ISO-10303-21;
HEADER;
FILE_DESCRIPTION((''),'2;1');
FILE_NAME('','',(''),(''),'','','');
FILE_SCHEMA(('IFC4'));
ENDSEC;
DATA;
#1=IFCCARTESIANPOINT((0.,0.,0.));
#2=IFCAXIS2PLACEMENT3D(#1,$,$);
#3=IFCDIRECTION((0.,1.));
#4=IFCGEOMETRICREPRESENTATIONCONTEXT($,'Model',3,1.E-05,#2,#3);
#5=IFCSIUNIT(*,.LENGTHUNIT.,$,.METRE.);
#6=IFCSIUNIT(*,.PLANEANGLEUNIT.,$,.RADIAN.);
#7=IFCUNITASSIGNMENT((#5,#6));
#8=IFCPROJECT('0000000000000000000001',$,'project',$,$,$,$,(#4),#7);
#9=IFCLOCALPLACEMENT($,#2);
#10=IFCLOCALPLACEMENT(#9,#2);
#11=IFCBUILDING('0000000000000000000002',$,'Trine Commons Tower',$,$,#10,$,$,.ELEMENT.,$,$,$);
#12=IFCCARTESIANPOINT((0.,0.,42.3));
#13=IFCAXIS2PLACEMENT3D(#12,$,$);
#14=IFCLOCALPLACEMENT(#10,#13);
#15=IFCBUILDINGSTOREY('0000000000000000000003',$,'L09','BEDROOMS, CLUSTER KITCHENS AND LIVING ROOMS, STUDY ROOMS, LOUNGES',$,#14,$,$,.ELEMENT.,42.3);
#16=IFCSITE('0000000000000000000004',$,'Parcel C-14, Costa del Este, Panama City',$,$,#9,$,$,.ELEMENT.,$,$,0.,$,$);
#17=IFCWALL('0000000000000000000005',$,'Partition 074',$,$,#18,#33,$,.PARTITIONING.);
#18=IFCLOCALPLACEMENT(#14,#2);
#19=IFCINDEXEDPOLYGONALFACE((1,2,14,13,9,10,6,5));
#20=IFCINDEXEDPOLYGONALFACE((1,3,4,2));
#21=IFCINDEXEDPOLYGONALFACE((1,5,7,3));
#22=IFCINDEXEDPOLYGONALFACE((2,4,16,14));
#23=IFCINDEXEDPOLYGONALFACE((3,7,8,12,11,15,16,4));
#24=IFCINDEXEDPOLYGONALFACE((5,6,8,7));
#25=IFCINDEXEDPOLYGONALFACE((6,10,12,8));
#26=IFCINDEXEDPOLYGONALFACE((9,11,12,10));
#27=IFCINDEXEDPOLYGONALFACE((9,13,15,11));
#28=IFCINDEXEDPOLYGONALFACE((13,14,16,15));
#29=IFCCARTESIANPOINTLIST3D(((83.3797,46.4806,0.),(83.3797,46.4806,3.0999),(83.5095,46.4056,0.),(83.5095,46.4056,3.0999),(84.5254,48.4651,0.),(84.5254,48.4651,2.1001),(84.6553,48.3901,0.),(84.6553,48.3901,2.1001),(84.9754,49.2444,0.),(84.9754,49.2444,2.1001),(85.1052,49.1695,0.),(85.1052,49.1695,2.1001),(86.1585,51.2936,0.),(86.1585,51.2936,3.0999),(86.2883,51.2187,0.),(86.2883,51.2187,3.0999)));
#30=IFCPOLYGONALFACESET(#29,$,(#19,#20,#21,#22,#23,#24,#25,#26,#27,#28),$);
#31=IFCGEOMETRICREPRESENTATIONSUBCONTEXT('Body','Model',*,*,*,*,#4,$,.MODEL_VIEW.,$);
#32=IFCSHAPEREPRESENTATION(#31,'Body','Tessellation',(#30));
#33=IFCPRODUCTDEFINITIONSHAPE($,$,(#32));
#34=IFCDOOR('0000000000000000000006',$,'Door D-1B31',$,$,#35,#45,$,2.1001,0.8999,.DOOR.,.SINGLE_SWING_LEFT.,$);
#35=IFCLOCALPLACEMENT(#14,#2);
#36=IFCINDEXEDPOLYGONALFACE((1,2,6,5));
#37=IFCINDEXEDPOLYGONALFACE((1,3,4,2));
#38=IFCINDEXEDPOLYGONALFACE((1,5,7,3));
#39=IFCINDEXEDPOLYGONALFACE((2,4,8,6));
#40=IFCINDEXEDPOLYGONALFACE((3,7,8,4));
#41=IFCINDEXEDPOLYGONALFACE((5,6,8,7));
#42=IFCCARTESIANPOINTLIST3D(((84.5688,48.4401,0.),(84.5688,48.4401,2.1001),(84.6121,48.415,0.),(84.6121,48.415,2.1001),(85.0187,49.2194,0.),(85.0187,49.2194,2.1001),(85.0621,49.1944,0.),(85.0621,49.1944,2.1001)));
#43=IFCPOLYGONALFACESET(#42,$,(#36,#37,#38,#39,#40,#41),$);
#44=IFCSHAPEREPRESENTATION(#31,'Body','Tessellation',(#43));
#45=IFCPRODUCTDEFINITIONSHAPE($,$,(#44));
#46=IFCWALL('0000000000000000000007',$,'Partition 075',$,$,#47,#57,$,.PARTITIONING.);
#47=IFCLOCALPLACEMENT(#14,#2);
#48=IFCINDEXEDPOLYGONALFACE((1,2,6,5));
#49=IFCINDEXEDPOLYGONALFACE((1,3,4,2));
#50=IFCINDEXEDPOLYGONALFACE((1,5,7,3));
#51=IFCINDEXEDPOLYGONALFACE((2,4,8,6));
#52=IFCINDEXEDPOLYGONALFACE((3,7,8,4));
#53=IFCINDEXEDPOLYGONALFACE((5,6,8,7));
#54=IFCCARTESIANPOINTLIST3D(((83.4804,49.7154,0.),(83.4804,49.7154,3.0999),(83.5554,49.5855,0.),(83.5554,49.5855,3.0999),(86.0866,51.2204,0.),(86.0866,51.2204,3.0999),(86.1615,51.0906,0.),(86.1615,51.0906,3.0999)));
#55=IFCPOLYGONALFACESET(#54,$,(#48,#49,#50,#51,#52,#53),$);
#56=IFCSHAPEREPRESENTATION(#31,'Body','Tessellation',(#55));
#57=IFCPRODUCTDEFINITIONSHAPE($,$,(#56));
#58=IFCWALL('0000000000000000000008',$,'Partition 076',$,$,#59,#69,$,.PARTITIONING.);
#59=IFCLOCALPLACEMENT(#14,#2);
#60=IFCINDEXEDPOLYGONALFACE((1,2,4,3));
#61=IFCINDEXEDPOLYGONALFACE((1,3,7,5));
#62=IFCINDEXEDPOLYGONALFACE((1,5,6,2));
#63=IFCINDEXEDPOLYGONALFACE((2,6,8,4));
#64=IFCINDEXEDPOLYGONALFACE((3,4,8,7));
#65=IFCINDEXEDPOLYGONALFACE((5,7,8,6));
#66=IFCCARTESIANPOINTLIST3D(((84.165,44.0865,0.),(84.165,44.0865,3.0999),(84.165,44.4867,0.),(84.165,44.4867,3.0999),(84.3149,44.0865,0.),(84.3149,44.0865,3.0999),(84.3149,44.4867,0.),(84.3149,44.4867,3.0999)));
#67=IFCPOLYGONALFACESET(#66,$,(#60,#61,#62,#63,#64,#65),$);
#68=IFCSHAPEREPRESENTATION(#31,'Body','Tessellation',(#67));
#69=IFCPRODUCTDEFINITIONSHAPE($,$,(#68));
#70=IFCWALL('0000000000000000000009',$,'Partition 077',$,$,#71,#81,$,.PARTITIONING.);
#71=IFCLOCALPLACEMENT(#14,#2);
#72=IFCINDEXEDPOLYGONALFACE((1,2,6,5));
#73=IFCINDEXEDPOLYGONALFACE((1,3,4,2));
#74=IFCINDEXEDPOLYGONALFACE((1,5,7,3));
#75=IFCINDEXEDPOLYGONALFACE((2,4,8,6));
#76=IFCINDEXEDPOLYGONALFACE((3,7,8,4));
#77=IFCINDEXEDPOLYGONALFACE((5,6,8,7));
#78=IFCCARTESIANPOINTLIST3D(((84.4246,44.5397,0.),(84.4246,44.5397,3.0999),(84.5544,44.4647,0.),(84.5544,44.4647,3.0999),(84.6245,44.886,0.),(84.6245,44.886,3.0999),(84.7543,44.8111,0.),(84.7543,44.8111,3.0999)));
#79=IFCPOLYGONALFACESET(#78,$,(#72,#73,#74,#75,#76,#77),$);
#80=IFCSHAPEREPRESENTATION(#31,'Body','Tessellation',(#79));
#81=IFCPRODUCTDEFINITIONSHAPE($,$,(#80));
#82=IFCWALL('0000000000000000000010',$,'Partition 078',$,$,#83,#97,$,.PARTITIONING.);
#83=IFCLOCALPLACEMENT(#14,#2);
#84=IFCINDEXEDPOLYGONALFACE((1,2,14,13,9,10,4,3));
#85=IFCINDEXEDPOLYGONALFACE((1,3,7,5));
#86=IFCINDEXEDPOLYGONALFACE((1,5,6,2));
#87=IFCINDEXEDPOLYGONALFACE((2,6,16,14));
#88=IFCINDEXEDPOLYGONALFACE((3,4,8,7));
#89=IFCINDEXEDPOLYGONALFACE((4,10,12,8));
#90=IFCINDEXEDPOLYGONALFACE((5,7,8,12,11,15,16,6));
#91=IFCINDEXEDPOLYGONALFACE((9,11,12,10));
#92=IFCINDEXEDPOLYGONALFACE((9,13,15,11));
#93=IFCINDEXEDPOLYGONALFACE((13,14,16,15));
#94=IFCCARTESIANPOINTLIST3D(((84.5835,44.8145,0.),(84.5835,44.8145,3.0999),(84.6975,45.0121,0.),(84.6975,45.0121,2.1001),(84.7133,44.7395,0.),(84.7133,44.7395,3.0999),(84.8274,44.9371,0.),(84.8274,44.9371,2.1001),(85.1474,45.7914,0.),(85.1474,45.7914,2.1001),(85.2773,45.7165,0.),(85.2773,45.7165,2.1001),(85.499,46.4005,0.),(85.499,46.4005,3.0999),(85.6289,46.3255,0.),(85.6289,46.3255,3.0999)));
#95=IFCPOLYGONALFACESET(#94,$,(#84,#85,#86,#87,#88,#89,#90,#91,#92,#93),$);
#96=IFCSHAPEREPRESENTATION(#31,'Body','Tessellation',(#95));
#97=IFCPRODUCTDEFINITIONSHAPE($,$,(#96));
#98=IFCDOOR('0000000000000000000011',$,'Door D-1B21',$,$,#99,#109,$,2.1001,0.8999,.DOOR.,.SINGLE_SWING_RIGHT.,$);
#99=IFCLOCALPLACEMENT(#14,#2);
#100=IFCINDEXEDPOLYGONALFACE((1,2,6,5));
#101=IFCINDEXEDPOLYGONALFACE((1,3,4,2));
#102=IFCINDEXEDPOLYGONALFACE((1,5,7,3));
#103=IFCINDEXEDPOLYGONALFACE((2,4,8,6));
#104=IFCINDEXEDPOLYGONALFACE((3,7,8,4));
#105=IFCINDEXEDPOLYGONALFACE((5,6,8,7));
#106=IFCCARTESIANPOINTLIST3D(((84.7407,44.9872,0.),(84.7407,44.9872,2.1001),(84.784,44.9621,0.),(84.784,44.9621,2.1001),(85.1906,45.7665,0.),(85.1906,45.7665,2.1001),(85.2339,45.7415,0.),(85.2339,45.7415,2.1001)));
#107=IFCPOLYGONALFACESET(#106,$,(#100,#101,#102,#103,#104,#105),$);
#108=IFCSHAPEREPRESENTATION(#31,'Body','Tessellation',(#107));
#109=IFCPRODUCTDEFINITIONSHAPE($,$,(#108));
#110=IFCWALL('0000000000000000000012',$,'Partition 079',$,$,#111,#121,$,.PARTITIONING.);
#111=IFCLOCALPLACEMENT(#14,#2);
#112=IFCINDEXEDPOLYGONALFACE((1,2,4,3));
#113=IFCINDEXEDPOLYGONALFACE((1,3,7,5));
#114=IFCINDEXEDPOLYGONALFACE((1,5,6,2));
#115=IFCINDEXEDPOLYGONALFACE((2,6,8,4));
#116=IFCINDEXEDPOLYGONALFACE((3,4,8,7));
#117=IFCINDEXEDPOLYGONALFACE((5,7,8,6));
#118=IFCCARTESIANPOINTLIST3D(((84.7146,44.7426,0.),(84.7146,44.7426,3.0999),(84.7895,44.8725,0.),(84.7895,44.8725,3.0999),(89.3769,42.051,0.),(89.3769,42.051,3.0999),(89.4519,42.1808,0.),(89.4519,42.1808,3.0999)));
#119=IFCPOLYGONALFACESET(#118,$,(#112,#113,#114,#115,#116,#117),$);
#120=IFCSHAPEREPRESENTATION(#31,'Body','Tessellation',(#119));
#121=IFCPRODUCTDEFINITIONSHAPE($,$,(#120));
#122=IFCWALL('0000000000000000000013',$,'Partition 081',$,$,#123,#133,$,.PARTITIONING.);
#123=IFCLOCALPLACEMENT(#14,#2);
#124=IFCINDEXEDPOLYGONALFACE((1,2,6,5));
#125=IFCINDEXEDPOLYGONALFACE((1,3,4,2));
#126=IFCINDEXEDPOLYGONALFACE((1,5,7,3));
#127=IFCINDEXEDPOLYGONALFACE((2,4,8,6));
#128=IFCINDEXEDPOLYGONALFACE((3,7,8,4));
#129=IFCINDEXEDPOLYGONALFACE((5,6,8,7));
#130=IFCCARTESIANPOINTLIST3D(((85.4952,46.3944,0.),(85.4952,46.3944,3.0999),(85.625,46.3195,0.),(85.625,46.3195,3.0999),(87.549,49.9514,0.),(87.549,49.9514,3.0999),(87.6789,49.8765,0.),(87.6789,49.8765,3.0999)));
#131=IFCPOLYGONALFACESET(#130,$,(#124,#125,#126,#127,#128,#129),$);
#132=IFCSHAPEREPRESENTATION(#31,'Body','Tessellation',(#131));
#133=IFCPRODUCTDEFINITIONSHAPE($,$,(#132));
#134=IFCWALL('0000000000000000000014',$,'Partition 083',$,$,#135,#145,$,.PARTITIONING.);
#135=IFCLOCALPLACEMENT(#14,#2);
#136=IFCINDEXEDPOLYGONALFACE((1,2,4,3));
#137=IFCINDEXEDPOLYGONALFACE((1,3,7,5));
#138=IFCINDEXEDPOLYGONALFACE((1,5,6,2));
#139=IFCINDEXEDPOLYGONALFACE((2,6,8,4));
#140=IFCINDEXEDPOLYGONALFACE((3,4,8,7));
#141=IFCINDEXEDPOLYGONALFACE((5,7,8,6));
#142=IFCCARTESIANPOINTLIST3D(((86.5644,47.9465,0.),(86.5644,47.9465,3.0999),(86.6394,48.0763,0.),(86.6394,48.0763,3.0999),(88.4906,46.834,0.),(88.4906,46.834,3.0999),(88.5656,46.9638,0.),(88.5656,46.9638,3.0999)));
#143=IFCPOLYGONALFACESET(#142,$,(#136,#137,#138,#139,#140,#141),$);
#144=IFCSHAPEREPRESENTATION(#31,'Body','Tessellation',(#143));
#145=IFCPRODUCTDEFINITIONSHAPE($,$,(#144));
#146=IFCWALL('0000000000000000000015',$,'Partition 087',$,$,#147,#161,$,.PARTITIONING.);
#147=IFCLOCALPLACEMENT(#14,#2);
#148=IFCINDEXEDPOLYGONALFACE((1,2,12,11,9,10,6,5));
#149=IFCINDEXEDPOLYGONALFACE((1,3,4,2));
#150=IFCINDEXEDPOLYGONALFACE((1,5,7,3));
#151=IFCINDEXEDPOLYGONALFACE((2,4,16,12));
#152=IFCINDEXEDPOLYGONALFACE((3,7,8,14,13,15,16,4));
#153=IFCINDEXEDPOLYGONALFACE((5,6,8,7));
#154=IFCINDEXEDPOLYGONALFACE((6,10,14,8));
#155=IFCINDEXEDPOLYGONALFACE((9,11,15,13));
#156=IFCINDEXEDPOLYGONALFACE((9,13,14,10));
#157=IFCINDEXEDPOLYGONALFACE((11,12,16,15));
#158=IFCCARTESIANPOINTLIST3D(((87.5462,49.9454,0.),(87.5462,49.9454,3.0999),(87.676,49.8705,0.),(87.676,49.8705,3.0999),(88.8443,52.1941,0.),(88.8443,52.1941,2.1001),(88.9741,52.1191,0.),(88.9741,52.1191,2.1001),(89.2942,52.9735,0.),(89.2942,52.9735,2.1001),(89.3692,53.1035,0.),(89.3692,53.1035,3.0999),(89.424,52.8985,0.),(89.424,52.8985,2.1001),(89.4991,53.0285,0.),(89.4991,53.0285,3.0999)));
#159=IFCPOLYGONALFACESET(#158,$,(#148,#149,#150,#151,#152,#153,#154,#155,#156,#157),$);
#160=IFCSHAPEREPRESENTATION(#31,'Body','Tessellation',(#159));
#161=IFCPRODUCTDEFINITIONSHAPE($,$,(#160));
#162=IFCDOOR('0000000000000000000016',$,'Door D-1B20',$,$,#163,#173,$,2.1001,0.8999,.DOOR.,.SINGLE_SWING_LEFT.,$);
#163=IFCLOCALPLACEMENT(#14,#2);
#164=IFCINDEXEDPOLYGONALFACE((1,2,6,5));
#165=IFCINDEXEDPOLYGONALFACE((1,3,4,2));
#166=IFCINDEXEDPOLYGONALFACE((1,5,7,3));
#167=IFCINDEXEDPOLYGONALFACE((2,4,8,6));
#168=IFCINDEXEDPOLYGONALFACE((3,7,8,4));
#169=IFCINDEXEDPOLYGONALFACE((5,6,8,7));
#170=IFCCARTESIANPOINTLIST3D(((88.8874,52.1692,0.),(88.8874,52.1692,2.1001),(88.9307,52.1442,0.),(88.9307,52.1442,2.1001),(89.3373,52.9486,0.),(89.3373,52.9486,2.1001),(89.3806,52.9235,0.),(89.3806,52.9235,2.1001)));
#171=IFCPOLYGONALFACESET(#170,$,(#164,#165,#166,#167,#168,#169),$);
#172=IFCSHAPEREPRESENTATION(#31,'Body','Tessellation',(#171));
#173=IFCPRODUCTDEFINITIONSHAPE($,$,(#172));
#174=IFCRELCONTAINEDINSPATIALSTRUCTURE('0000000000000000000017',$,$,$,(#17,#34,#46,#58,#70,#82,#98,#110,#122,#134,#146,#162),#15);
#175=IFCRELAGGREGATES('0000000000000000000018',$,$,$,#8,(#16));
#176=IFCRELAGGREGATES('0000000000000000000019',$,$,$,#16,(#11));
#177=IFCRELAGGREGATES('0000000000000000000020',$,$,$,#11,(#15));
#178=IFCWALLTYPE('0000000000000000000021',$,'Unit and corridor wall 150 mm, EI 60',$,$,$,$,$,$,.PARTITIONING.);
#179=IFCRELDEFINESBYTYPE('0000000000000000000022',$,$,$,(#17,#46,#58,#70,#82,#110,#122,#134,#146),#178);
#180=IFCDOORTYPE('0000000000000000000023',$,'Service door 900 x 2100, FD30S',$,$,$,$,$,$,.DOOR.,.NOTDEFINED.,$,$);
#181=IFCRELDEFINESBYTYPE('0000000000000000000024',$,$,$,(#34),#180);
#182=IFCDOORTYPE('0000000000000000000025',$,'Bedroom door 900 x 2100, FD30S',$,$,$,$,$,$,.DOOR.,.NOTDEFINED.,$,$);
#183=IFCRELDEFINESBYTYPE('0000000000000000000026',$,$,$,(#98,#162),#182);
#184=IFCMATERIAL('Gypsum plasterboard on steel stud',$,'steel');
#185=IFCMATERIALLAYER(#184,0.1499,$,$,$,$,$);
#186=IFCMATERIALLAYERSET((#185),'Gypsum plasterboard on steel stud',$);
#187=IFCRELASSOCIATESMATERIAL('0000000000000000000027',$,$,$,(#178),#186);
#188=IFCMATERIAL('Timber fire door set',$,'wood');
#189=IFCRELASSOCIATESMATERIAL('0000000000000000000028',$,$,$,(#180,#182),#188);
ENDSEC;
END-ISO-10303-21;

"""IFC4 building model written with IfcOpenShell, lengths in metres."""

from ifc_helpers import new_model, si_unit, direction, frame, frame_2d, origin, place, context, subcontext, project, spatial, rectangle, extrude, material, layer, layer_set, type_object, element, fill, save


model = new_model("IFC4")

# Units and contexts
model_context = context("Model", 3, precision=1e-05, world=origin(), true_north=direction((0.0, 1.0)))
body_context = subcontext(model_context, "Body", "Model", "MODEL_VIEW")
ifc_project = project(units=[si_unit("LENGTHUNIT", "METRE"), si_unit("PLANEANGLEUNIT", "RADIAN")], contexts=[model_context])

# Site, building, storey
site_placement = place(None, origin())
site = spatial("IfcSite", under=ifc_project, at=site_placement, Name="Parcel C-14, Costa del Este, Panama City", CompositionType="ELEMENT", RefElevation=0.0)
building_placement = place(site_placement, origin())
building = spatial("IfcBuilding", under=site, at=building_placement, Name="Trine Commons Tower", CompositionType="ELEMENT")
storey_placement = place(building_placement, frame((0.0, 0.0, 42.3)))
storey = spatial("IfcBuildingStorey", under=building, at=storey_placement, Name="L09", Description="BEDROOMS, CLUSTER KITCHENS AND LIVING ROOMS, STUDY ROOMS, LOUNGES", CompositionType="ELEMENT", Elevation=42.3)

# Shared definitions
ifc_material_1 = material(Name="Gypsum plasterboard on steel stud", Category="steel")
ifc_layer_1 = layer(ifc_material_1, 0.1499)
ifc_layer_set_1 = layer_set([ifc_layer_1], Name="Gypsum plasterboard on steel stud")
wall_type_1 = type_object("IfcWallType", Name="Unit and corridor wall 150 mm, EI 60", PredefinedType="PARTITIONING", material=ifc_layer_set_1)

# Wall, opening, door
wall_1_placement = place(storey_placement, frame((83.4446, 46.4431, 0.0), z_axis=(0.0, 0.0, 1.0), x_axis=(0.500004, 0.866023, 0.0)))
wall_1 = element("IfcWall", 1, at=wall_1_placement, inside=storey, type_object=wall_type_1, Name="Partition 074", PredefinedType="PARTITIONING", context=body_context, shape_type="SweptSolid", body=[
    extrude(rectangle(XDim=5.5576, YDim=0.1499, at=frame_2d((2.7788, 0.0))), origin(), (0.0, 0.0, 1.0), 3.0999),
])
opening_1_placement = place(wall_1_placement, frame((2.2915, 0.0, 0.0)))
opening_1 = element("IfcOpeningElement", 2, at=opening_1_placement, cuts=wall_1, PredefinedType="OPENING", context=body_context, shape_type="SweptSolid", body=[
    extrude(rectangle(XDim=0.8999, YDim=2.1001, at=frame_2d((0.45, 1.05))), frame((0.0, 0.085, 0.0), z_axis=(0.0, -1.0, 0.0), x_axis=(1.0, 0.0, 0.0)), (0.0, 0.0, 1.0), 0.1699),
])
ifc_material_2 = material(Name="Timber fire door set", Category="wood")
door_type_1 = type_object("IfcDoorType", Name="Service door 900 x 2100, FD30S", OperationType="NOTDEFINED", PredefinedType="DOOR", material=ifc_material_2)
door_1_placement = place(opening_1_placement, origin())
door_1 = element("IfcDoor", 3, at=door_1_placement, inside=storey, type_object=door_type_1, Name="Door D-1B31", OperationType="SINGLE_SWING_LEFT", OverallHeight=2.1001, OverallWidth=0.8999, PredefinedType="DOOR", context=body_context, shape_type="SweptSolid", body=[
    extrude(rectangle(XDim=0.8999, YDim=2.1001, at=frame_2d((0.45, 1.05))), frame((0.0, 0.0249, 0.0), z_axis=(0.0, -1.0, 0.0), x_axis=(1.0, 0.0, 0.0)), (0.0, 0.0, 1.0), 0.05),
])
fill(opening_1, door_1)

# Walls
wall_2_placement = place(storey_placement, frame((83.5178, 49.6504, 0.0), z_axis=(0.0, 0.0, 1.0), x_axis=(0.865963, 0.500109, 0.0)))
element("IfcWall", 4, at=wall_2_placement, inside=storey, type_object=wall_type_1, Name="Partition 075", PredefinedType="PARTITIONING", context=body_context, shape_type="SweptSolid", body=[
    extrude(rectangle(XDim=3.0095, YDim=0.1499, at=frame_2d((1.5049, 0.0))), origin(), (0.0, 0.0, 1.0), 3.0999),
])
wall_3_placement = place(storey_placement, frame((84.24, 44.0864, 0.0), z_axis=(0.0, 0.0, 1.0), x_axis=(0.0, 1.0, 0.0)))
element("IfcWall", 5, at=wall_3_placement, inside=storey, type_object=wall_type_1, Name="Partition 076", PredefinedType="PARTITIONING", context=body_context, shape_type="SweptSolid", body=[
    extrude(rectangle(XDim=0.4001, YDim=0.1499, at=frame_2d((0.2002, 0.0))), origin(), (0.0, 0.0, 1.0), 3.0999),
])
wall_4_placement = place(storey_placement, frame((84.4895, 44.5022, 0.0), z_axis=(0.0, 0.0, 1.0), x_axis=(0.499881, 0.866094, 0.0)))
element("IfcWall", 6, at=wall_4_placement, inside=storey, type_object=wall_type_1, Name="Partition 077", PredefinedType="PARTITIONING", context=body_context, shape_type="SweptSolid", body=[
    extrude(rectangle(XDim=0.3999, YDim=0.1499, at=frame_2d((0.2, 0.0))), origin(), (0.0, 0.0, 1.0), 3.0999),
])

# Wall, opening, door
wall_5_placement = place(storey_placement, frame((84.6484, 44.7771, 0.0), z_axis=(0.0, 0.0, 1.0), x_axis=(0.499953, 0.866052, 0.0)))
wall_5 = element("IfcWall", 7, at=wall_5_placement, inside=storey, type_object=wall_type_1, Name="Partition 078", PredefinedType="PARTITIONING", context=body_context, shape_type="SweptSolid", body=[
    extrude(rectangle(XDim=1.8313, YDim=0.1499, at=frame_2d((0.9155, 0.0))), origin(), (0.0, 0.0, 1.0), 3.0999),
])
opening_2_placement = place(wall_5_placement, frame((0.228, 0.0, 0.0)))
opening_2 = element("IfcOpeningElement", 8, at=opening_2_placement, cuts=wall_5, PredefinedType="OPENING", context=body_context, shape_type="SweptSolid", body=[
    extrude(rectangle(XDim=0.8999, YDim=2.1001, at=frame_2d((0.45, 1.05))), frame((0.0, 0.085, 0.0), z_axis=(0.0, -1.0, 0.0), x_axis=(1.0, 0.0, 0.0)), (0.0, 0.0, 1.0), 0.1699),
])
door_type_2 = type_object("IfcDoorType", Name="Bedroom door 900 x 2100, FD30S", OperationType="NOTDEFINED", PredefinedType="DOOR", material=ifc_material_2)
door_2_placement = place(opening_2_placement, frame((0.8999, 0.0, 0.0), z_axis=(0.0, 0.0, 1.0), x_axis=(-1.0, 0.0, 0.0)))
door_2 = element("IfcDoor", 9, at=door_2_placement, inside=storey, type_object=door_type_2, Name="Door D-1B21", OperationType="SINGLE_SWING_RIGHT", OverallHeight=2.1001, OverallWidth=0.8999, PredefinedType="DOOR", context=body_context, shape_type="SweptSolid", body=[
    extrude(rectangle(XDim=0.8999, YDim=2.1001, at=frame_2d((0.45, 1.05))), frame((0.0, 0.0249, 0.0), z_axis=(0.0, -1.0, 0.0), x_axis=(1.0, 0.0, 0.0)), (0.0, 0.0, 1.0), 0.05),
])
fill(opening_2, door_2)

# Walls
wall_6_placement = place(storey_placement, frame((84.752, 44.8076, 0.0), z_axis=(0.0, 0.0, 1.0), x_axis=(0.866038, -0.499978, 0.0)))
element("IfcWall", 10, at=wall_6_placement, inside=storey, type_object=wall_type_1, Name="Partition 079", PredefinedType="PARTITIONING", context=body_context, shape_type="SweptSolid", body=[
    extrude(rectangle(XDim=5.3835, YDim=0.1499, at=frame_2d((2.6919, 0.0))), origin(), (0.0, 0.0, 1.0), 3.0999),
])
wall_7_placement = place(storey_placement, frame((85.5601, 46.3569, 0.0), z_axis=(0.0, 0.0, 1.0), x_axis=(0.500045, 0.865999, 0.0)))
element("IfcWall", 11, at=wall_7_placement, inside=storey, type_object=wall_type_1, Name="Partition 081", PredefinedType="PARTITIONING", context=body_context, shape_type="SweptSolid", body=[
    extrude(rectangle(XDim=4.1074, YDim=0.1499, at=frame_2d((2.0537, 0.0))), origin(), (0.0, 0.0, 1.0), 3.0999),
])
wall_8_placement = place(storey_placement, frame((86.6018, 48.0115, 0.0), z_axis=(0.0, 0.0, 1.0), x_axis=(0.865944, -0.50014, 0.0)))
element("IfcWall", 12, at=wall_8_placement, inside=storey, type_object=wall_type_1, Name="Partition 083", PredefinedType="PARTITIONING", context=body_context, shape_type="SweptSolid", body=[
    extrude(rectangle(XDim=2.2244, YDim=0.1499, at=frame_2d((1.1123, 0.0))), origin(), (0.0, 0.0, 1.0), 3.0999),
])

# Wall, opening, door
wall_9_placement = place(storey_placement, frame((87.6111, 49.908, 0.0), z_axis=(0.0, 0.0, 1.0), x_axis=(0.499948, 0.866055, 0.0)))
wall_9 = element("IfcWall", 13, at=wall_9_placement, inside=storey, type_object=wall_type_1, Name="Partition 087", PredefinedType="PARTITIONING", context=body_context, shape_type="SweptSolid", body=[
    extrude(rectangle(XDim=3.6465, YDim=0.1499, at=frame_2d((1.8232, 0.0))), origin(), (0.0, 0.0, 1.0), 3.0999),
])
opening_3_placement = place(wall_9_placement, frame((2.5964, 0.0, 0.0)))
opening_3 = element("IfcOpeningElement", 14, at=opening_3_placement, cuts=wall_9, PredefinedType="OPENING", context=body_context, shape_type="SweptSolid", body=[
    extrude(rectangle(XDim=0.8999, YDim=2.1001, at=frame_2d((0.45, 1.05))), frame((0.0, 0.085, 0.0), z_axis=(0.0, -1.0, 0.0), x_axis=(1.0, 0.0, 0.0)), (0.0, 0.0, 1.0), 0.1699),
])
door_3_placement = place(opening_3_placement, frame((0.8999, 0.0, 0.0), z_axis=(0.0, 0.0, 1.0), x_axis=(-1.0, 0.0, 0.0)))
door_3 = element("IfcDoor", 15, at=door_3_placement, inside=storey, type_object=door_type_2, Name="Door D-1B20", OperationType="SINGLE_SWING_LEFT", OverallHeight=2.1001, OverallWidth=0.8999, PredefinedType="DOOR", context=body_context, shape_type="SweptSolid", body=[
    extrude(rectangle(XDim=0.8999, YDim=2.1001, at=frame_2d((0.45, 1.05))), frame((0.0, 0.0249, 0.0), z_axis=(0.0, -1.0, 0.0), x_axis=(1.0, 0.0, 0.0)), (0.0, 0.0, 1.0), 0.05),
])
fill(opening_3, door_3)

save(model, "model.ifc")
